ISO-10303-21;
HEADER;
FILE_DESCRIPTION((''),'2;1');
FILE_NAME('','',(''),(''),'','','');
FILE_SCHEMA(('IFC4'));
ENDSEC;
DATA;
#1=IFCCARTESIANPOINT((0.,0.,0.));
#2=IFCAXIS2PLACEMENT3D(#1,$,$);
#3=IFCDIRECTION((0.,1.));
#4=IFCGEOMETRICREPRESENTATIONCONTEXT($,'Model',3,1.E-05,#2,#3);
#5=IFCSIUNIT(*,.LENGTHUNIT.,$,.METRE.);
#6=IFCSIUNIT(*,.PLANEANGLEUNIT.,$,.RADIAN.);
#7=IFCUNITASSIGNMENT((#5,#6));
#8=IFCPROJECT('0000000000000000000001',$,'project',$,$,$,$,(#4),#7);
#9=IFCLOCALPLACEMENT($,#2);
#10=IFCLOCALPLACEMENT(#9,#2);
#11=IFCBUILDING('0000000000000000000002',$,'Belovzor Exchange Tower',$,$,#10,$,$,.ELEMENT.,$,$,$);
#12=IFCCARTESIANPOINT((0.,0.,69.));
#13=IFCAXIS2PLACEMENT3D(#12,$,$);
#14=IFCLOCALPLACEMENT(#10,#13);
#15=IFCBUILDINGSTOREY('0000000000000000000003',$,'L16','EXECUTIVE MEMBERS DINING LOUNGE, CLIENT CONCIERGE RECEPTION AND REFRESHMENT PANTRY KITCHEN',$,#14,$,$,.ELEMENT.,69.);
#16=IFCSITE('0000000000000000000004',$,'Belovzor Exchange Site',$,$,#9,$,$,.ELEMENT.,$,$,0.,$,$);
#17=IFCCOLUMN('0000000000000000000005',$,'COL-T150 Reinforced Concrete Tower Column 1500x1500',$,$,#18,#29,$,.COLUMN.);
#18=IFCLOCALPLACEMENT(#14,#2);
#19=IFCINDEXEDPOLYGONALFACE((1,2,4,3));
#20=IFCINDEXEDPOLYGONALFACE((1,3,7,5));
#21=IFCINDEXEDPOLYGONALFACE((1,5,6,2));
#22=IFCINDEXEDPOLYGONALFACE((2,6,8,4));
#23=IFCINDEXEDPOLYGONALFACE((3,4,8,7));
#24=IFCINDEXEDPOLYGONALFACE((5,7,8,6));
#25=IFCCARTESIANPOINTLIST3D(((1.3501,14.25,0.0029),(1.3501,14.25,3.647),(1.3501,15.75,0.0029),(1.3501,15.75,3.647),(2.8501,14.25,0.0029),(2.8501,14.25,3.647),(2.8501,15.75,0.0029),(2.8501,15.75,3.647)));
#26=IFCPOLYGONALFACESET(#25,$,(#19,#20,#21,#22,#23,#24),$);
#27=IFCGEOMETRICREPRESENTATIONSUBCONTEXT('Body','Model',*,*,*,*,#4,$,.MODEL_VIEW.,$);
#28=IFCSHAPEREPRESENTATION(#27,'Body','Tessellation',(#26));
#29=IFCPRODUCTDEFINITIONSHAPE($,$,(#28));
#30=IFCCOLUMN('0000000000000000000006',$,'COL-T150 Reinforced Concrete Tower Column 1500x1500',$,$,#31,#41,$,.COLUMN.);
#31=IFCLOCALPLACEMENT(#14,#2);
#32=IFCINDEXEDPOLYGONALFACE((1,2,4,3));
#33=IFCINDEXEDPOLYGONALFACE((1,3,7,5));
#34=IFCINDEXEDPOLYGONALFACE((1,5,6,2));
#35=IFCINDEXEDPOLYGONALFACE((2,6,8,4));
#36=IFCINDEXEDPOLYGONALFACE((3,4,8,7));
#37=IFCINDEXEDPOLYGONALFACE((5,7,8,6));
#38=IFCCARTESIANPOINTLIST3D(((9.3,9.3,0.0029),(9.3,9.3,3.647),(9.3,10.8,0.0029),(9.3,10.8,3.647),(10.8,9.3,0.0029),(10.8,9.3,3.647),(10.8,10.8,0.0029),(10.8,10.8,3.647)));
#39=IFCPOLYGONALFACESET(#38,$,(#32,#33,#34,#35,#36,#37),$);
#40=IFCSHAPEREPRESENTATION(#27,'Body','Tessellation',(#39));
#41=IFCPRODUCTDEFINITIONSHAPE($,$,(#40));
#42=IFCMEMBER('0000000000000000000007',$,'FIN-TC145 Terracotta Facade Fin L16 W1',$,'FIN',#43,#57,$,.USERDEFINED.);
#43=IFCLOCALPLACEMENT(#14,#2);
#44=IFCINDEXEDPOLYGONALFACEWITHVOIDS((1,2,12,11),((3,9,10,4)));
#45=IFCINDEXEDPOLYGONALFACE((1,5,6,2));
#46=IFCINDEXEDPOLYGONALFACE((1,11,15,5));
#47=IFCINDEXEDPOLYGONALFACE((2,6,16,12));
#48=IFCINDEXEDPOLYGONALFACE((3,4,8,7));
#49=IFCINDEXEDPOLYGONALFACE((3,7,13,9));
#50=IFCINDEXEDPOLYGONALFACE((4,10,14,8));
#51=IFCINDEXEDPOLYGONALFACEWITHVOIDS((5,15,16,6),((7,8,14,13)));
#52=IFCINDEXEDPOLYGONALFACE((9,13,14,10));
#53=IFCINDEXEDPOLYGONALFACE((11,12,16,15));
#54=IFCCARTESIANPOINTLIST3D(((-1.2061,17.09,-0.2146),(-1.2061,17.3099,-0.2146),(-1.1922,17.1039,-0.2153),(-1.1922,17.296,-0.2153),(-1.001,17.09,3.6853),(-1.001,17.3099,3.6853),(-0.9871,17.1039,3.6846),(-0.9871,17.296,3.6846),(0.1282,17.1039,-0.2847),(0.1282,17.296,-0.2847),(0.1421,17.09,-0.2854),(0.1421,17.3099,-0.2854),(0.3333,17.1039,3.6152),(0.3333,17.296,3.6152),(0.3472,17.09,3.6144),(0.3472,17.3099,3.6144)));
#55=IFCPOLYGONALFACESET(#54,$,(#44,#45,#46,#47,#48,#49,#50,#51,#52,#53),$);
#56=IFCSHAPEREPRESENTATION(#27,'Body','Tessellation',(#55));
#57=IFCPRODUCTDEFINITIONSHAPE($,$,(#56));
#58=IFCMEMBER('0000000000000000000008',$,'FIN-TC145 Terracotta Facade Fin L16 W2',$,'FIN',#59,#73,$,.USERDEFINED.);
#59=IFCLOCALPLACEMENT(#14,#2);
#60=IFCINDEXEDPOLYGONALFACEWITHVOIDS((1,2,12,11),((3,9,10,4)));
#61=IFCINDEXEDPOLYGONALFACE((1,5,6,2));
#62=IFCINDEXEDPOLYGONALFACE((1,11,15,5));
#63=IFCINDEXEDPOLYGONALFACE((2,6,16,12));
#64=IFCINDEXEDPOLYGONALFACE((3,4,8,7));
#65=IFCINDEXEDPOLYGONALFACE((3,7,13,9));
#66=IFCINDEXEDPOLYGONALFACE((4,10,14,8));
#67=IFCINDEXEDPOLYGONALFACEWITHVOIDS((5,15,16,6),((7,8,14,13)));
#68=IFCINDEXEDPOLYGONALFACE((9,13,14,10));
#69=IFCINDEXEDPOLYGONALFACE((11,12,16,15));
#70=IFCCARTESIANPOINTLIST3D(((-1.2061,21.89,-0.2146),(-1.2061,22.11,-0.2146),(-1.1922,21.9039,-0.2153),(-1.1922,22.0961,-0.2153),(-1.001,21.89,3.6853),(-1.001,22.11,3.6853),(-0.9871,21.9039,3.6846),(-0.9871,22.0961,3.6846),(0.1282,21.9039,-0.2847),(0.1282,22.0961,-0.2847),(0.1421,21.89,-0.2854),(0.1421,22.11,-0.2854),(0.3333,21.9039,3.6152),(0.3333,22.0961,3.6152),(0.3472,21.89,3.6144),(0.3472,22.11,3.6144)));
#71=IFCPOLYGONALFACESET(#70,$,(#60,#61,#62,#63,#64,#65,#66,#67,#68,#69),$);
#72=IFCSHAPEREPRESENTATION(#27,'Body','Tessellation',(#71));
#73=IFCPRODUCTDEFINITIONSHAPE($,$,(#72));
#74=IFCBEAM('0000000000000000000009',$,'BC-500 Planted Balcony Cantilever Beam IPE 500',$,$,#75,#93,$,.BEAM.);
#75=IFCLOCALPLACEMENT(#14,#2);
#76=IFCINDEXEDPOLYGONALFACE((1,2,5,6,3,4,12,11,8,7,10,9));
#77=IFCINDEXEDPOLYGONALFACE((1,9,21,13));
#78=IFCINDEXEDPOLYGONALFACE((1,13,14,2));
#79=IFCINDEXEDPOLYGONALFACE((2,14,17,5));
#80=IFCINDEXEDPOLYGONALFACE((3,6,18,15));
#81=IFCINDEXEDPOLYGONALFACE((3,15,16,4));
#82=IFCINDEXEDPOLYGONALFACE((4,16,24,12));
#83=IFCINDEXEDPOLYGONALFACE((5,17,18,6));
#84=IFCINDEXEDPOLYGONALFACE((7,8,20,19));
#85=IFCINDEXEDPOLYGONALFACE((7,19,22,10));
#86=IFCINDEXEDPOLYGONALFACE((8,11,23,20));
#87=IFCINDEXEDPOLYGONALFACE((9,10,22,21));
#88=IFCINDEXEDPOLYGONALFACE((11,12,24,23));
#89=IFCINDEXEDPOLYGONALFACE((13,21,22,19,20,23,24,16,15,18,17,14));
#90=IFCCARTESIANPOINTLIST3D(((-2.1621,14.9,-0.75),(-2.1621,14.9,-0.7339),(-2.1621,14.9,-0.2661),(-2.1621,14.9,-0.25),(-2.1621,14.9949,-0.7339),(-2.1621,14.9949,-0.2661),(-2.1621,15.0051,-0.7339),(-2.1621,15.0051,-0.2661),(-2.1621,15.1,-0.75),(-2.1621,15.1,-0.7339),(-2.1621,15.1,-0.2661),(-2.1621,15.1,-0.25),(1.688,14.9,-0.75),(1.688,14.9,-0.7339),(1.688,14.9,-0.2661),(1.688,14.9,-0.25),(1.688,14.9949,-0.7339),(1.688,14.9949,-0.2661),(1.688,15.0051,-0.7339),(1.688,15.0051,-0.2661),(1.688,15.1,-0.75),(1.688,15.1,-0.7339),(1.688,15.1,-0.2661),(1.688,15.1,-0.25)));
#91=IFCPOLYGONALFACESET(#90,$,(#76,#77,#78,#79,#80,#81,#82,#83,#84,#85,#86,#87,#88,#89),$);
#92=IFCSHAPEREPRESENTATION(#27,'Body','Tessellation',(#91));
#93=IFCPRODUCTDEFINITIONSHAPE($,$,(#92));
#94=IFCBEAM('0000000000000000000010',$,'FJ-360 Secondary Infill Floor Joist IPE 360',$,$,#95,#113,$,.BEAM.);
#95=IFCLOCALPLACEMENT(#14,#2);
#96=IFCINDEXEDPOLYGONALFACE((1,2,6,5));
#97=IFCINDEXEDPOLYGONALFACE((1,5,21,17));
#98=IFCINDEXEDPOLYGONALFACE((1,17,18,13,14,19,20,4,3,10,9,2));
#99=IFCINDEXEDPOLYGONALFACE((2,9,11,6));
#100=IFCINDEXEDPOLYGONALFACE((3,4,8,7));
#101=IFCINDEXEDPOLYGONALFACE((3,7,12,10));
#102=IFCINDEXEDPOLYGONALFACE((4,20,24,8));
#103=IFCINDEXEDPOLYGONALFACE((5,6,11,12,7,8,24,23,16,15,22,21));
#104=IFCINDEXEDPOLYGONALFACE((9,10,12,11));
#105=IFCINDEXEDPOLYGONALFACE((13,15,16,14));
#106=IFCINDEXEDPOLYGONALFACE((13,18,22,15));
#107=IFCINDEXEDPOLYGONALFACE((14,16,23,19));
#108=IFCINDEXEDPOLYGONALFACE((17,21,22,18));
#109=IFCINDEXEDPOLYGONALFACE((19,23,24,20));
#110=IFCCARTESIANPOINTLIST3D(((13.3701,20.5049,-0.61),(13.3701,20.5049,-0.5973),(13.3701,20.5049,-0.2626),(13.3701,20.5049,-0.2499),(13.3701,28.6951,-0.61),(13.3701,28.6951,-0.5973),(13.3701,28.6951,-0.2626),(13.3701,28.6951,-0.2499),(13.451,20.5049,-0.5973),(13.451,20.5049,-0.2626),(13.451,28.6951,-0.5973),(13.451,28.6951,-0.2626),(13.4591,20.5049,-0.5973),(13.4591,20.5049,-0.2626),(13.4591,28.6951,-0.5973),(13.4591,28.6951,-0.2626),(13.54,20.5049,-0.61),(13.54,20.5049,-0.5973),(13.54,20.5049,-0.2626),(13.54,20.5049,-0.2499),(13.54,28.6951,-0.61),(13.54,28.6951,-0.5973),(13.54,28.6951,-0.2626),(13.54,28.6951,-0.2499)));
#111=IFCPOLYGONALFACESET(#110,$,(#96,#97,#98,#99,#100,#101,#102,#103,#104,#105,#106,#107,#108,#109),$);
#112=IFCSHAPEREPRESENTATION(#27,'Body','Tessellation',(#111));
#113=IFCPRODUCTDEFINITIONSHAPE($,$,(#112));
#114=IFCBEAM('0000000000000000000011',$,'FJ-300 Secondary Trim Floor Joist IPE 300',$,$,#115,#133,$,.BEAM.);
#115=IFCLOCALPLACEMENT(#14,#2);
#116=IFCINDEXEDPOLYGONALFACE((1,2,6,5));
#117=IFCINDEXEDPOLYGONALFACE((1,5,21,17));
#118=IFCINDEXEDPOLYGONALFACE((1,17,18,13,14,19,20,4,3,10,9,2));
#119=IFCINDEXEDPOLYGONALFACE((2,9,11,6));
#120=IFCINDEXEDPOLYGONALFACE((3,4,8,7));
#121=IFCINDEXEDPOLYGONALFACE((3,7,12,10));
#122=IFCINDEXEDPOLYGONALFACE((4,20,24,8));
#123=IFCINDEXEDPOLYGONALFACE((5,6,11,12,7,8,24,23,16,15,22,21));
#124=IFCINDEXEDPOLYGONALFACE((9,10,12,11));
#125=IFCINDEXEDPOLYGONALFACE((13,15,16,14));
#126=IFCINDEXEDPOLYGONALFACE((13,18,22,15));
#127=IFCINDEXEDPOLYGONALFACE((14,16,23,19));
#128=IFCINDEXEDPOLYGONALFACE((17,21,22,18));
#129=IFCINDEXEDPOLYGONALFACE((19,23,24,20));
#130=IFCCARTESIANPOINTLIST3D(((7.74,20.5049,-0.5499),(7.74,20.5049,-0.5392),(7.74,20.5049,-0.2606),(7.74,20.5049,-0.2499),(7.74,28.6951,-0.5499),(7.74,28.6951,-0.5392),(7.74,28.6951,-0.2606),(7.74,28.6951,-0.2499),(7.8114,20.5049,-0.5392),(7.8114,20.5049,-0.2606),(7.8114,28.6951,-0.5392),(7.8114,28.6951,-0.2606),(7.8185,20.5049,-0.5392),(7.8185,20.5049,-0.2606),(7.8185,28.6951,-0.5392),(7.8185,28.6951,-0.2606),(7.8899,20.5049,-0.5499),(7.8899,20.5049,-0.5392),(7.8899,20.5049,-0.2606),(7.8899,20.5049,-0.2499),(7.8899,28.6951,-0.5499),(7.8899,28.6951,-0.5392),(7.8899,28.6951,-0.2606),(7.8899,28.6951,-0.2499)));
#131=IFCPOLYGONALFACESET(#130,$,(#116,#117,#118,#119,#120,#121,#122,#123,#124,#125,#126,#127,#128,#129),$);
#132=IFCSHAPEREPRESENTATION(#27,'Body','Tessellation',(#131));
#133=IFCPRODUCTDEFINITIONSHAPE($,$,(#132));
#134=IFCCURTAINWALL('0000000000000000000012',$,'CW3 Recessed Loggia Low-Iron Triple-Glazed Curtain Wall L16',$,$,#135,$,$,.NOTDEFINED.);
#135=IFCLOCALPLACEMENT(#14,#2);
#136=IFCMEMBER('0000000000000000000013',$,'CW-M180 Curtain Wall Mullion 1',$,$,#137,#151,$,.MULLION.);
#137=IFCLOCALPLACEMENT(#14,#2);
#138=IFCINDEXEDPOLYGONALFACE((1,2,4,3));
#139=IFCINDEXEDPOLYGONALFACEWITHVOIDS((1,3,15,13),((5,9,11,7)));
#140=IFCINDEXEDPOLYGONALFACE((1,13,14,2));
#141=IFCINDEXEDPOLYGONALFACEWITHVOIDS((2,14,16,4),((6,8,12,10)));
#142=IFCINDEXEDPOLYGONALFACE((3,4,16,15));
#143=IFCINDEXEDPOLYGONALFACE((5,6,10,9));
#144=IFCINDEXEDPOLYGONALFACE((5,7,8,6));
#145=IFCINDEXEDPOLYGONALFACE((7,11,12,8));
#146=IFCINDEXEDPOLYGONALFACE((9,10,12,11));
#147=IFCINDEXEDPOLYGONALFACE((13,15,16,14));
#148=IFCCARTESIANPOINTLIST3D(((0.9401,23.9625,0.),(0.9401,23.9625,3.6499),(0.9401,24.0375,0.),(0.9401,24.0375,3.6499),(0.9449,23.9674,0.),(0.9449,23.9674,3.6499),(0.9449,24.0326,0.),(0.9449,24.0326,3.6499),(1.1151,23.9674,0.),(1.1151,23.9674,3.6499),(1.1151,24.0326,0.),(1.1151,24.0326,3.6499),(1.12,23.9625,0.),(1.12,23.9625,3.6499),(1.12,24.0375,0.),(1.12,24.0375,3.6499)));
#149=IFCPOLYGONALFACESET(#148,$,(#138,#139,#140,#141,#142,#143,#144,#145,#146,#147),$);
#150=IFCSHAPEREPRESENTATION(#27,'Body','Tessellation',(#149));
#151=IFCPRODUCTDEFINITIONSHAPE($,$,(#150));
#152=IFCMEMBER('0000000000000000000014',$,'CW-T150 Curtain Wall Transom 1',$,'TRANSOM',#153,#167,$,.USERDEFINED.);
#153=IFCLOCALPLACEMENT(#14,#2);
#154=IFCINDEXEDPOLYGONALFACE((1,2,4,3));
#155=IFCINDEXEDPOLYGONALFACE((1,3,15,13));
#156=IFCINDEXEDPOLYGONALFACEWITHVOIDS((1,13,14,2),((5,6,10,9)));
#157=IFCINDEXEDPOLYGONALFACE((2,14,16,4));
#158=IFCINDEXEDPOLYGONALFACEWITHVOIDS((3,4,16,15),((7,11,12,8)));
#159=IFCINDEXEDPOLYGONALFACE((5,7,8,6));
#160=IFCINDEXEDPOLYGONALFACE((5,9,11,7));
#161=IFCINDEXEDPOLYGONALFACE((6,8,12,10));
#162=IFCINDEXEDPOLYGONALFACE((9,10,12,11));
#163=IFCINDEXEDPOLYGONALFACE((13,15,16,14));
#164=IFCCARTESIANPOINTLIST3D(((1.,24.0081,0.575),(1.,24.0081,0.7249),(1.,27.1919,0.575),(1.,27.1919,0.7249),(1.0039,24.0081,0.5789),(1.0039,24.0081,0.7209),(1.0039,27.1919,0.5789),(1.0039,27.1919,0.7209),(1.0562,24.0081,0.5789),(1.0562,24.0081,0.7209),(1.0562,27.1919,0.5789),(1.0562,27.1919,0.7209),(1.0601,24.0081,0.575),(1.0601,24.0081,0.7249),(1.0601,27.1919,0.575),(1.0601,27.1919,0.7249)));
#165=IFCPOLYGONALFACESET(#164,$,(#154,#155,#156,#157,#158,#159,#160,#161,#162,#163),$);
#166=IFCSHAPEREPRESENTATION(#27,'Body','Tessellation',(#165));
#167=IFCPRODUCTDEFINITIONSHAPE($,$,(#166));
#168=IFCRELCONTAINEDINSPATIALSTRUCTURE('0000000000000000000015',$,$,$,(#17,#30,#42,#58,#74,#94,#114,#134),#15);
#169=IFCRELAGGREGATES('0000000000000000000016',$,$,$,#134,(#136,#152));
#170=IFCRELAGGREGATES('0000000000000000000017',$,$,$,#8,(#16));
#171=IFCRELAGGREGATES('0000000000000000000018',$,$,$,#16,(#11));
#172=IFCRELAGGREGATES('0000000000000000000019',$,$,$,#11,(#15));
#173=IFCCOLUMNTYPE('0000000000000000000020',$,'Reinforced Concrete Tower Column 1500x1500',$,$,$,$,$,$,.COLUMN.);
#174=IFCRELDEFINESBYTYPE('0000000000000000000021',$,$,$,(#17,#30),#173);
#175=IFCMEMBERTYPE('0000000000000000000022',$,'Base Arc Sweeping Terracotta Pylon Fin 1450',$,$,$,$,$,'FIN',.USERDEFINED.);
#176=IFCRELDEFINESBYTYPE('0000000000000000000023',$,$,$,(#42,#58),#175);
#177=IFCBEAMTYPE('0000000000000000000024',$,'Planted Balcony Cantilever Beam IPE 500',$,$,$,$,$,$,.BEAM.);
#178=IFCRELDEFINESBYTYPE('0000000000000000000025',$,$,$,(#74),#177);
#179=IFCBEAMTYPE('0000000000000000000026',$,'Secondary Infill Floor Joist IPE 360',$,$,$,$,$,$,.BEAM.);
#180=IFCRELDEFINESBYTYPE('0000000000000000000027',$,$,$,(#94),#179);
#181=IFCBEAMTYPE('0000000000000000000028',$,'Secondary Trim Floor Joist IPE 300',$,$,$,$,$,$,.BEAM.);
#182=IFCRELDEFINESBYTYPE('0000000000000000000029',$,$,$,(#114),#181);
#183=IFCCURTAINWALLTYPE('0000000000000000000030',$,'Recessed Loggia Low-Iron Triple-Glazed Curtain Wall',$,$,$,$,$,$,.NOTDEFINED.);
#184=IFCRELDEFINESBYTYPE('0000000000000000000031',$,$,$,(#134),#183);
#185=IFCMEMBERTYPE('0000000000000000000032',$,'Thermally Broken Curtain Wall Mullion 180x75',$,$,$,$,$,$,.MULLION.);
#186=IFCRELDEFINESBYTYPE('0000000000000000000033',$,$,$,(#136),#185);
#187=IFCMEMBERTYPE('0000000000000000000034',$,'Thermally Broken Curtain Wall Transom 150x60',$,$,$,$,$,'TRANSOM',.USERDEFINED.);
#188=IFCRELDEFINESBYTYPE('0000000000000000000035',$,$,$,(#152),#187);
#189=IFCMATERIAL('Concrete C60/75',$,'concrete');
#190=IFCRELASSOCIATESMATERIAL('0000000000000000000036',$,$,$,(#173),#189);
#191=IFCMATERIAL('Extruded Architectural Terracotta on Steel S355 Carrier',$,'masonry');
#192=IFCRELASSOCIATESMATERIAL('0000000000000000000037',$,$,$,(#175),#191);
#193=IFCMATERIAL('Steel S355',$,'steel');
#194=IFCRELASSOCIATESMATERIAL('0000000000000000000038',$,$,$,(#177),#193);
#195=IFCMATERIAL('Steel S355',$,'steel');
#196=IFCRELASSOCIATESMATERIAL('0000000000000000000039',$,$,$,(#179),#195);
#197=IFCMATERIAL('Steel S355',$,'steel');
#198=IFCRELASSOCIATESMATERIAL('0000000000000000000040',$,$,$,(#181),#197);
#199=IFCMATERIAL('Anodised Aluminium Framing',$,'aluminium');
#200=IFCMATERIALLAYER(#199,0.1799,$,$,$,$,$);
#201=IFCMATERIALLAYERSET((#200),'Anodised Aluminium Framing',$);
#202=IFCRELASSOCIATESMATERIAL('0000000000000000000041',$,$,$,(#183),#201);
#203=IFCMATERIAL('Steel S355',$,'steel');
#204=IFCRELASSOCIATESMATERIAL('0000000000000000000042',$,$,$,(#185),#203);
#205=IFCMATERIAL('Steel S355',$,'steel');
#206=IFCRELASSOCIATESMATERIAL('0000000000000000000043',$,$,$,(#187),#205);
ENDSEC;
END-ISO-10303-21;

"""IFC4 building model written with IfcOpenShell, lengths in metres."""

from ifc_helpers import new_model, si_unit, direction, frame, origin, origin_2d, place, context, subcontext, project, spatial, rectangle, hollow_rectangle, i_section, extrude, material, layer, layer_set, material_profile, profile_set, type_object, element, aggregate, save


model = new_model("IFC4")

# Units and contexts
model_context = context("Model", 3, precision=1e-05, world=origin(), true_north=direction((0.0, 1.0)))
body_context = subcontext(model_context, "Body", "Model", "MODEL_VIEW")
ifc_project = project(units=[si_unit("LENGTHUNIT", "METRE"), si_unit("PLANEANGLEUNIT", "RADIAN")], contexts=[model_context])

# Site, building, storey
site_placement = place(None, origin())
site = spatial("IfcSite", under=ifc_project, at=site_placement, Name="Belovzor Exchange Site", CompositionType="ELEMENT", RefElevation=0.0)
building_placement = place(site_placement, origin())
building = spatial("IfcBuilding", under=site, at=building_placement, Name="Belovzor Exchange Tower", CompositionType="ELEMENT")
storey_placement = place(building_placement, frame((0.0, 0.0, 69.0)))
storey = spatial("IfcBuildingStorey", under=building, at=storey_placement, Name="L16", Description="EXECUTIVE MEMBERS DINING LOUNGE, CLIENT CONCIERGE RECEPTION AND REFRESHMENT PANTRY KITCHEN", CompositionType="ELEMENT", Elevation=69.0)

# Columns
ifc_material_1 = material(Name="Concrete C60/75", Category="concrete")
ifc_material_profile_1 = material_profile(ifc_material_1, rectangle(XDim=1.5, YDim=1.5, at=origin_2d()))
ifc_profile_set_1 = profile_set([ifc_material_profile_1], Name="Concrete C60/75")
column_type = type_object("IfcColumnType", Name="Reinforced Concrete Tower Column 1500x1500", PredefinedType="COLUMN", material=ifc_profile_set_1)
for number, where, z_axis, x_axis, name in (
    (1, (2.1001, 15.0, 0.0029), (0.0, 0.0, 1.0), (1.0, 0.0, 0.0), "COL-T150 Reinforced Concrete Tower Column 1500x1500"),
    (2, (10.05, 10.05, 0.0029), (0.0, 0.0, 1.0), (1.0, 0.0, 0.0), "COL-T150 Reinforced Concrete Tower Column 1500x1500"),
):
    element("IfcColumn", number, at=place(storey_placement, frame(where, z_axis=z_axis, x_axis=x_axis)), inside=storey, type_object=column_type, Name=name, PredefinedType="COLUMN", context=body_context, shape_type="SweptSolid", body=[
        extrude(rectangle(XDim=1.5, YDim=1.5, at=origin_2d()), origin(), (0.0, 0.0, 1.0), 3.644),
    ])

# Members
ifc_material_2 = material(Name="Extruded Architectural Terracotta on Steel S355 Carrier", Category="masonry")
ifc_material_profile_2 = material_profile(ifc_material_2, hollow_rectangle(XDim=0.22, YDim=1.3501, WallThickness=0.0139, at=origin_2d()))
ifc_profile_set_2 = profile_set([ifc_material_profile_2], Name="Extruded Architectural Terracotta on Steel S355 Carrier")
member_type_1 = type_object("IfcMemberType", Name="Base Arc Sweeping Terracotta Pylon Fin 1450", ElementType="FIN", PredefinedType="USERDEFINED", material=ifc_profile_set_2)
for number, where, z_axis, x_axis, name in (
    (3, (-0.532, 17.2, -0.25), (0.052513, 0.0, 0.99862), (0.0, 1.0, 0.0), "FIN-TC145 Terracotta Facade Fin L16 W1"),
    (4, (-0.532, 22.0, -0.25), (0.052513, 0.0, 0.99862), (0.0, 1.0, 0.0), "FIN-TC145 Terracotta Facade Fin L16 W2"),
):
    element("IfcMember", number, at=place(storey_placement, frame(where, z_axis=z_axis, x_axis=x_axis)), inside=storey, type_object=member_type_1, Name=name, ObjectType="FIN", PredefinedType="USERDEFINED", context=body_context, shape_type="SweptSolid", body=[
        extrude(hollow_rectangle(XDim=0.22, YDim=1.3501, WallThickness=0.0139, at=origin_2d()), origin(), (0.0, 0.0, 1.0), 3.9053),
    ])

# Beams
ifc_material_3 = material(Name="Steel S355", Category="steel")
ifc_material_profile_3 = material_profile(ifc_material_3, i_section(OverallWidth=0.2, OverallDepth=0.5, WebThickness=0.0103, FlangeThickness=0.0161, at=origin_2d()))
ifc_profile_set_3 = profile_set([ifc_material_profile_3], Name="Steel S355")
beam_type_1 = type_object("IfcBeamType", Name="Planted Balcony Cantilever Beam IPE 500", PredefinedType="BEAM", material=ifc_profile_set_3)
beam_1_placement = place(storey_placement, frame((1.688, 15.0, -0.5), z_axis=(-1.0, 0.0, 0.0), x_axis=(0.0, -1.0, 0.0)))
element("IfcBeam", 5, at=beam_1_placement, inside=storey, type_object=beam_type_1, Name="BC-500 Planted Balcony Cantilever Beam IPE 500", PredefinedType="BEAM", context=body_context, shape_type="SweptSolid", body=[
    extrude(i_section(OverallWidth=0.2, OverallDepth=0.5, WebThickness=0.0103, FlangeThickness=0.0161, at=origin_2d()), origin(), (0.0, 0.0, 1.0), 3.8501),
])
ifc_material_4 = material(Name="Steel S355", Category="steel")
ifc_material_profile_4 = material_profile(ifc_material_4, i_section(OverallWidth=0.1699, OverallDepth=0.3601, WebThickness=0.0081, FlangeThickness=0.0127, at=origin_2d()))
ifc_profile_set_4 = profile_set([ifc_material_profile_4], Name="Steel S355")
beam_type_2 = type_object("IfcBeamType", Name="Secondary Infill Floor Joist IPE 360", PredefinedType="BEAM", material=ifc_profile_set_4)
beam_2_placement = place(storey_placement, frame((13.4551, 20.5049, -0.4299), z_axis=(0.0, 1.0, 0.0), x_axis=(-1.0, 0.0, 0.0)))
element("IfcBeam", 6, at=beam_2_placement, inside=storey, type_object=beam_type_2, Name="FJ-360 Secondary Infill Floor Joist IPE 360", PredefinedType="BEAM", context=body_context, shape_type="SweptSolid", body=[
    extrude(i_section(OverallWidth=0.1699, OverallDepth=0.3601, WebThickness=0.0081, FlangeThickness=0.0127, at=origin_2d()), origin(), (0.0, 0.0, 1.0), 8.1902),
])
ifc_material_5 = material(Name="Steel S355", Category="steel")
ifc_material_profile_5 = material_profile(ifc_material_5, i_section(OverallWidth=0.1499, OverallDepth=0.3, WebThickness=0.0071, FlangeThickness=0.0107, at=origin_2d()))
ifc_profile_set_5 = profile_set([ifc_material_profile_5], Name="Steel S355")
beam_type_3 = type_object("IfcBeamType", Name="Secondary Trim Floor Joist IPE 300", PredefinedType="BEAM", material=ifc_profile_set_5)
beam_3_placement = place(storey_placement, frame((7.8149, 20.5049, -0.3999), z_axis=(0.0, 1.0, 0.0), x_axis=(-1.0, 0.0, 0.0)))
element("IfcBeam", 7, at=beam_3_placement, inside=storey, type_object=beam_type_3, Name="FJ-300 Secondary Trim Floor Joist IPE 300", PredefinedType="BEAM", context=body_context, shape_type="SweptSolid", body=[
    extrude(i_section(OverallWidth=0.1499, OverallDepth=0.3, WebThickness=0.0071, FlangeThickness=0.0107, at=origin_2d()), origin(), (0.0, 0.0, 1.0), 8.1902),
])

# Curtain wall, members
ifc_material_6 = material(Name="Anodised Aluminium Framing", Category="aluminium")
ifc_layer_1 = layer(ifc_material_6, 0.1799)
ifc_layer_set_1 = layer_set([ifc_layer_1], Name="Anodised Aluminium Framing")
curtain_wall_type = type_object("IfcCurtainWallType", Name="Recessed Loggia Low-Iron Triple-Glazed Curtain Wall", PredefinedType="NOTDEFINED", material=ifc_layer_set_1)
curtain_wall_placement = place(storey_placement, origin())
curtain_wall = element("IfcCurtainWall", 8, at=curtain_wall_placement, inside=storey, type_object=curtain_wall_type, Name="CW3 Recessed Loggia Low-Iron Triple-Glazed Curtain Wall L16", PredefinedType="NOTDEFINED")
ifc_material_7 = material(Name="Steel S355", Category="steel")
ifc_material_profile_6 = material_profile(ifc_material_7, hollow_rectangle(XDim=0.075, YDim=0.1799, WallThickness=0.0049, at=origin_2d()))
ifc_profile_set_6 = profile_set([ifc_material_profile_6], Name="Steel S355")
member_type_2 = type_object("IfcMemberType", Name="Thermally Broken Curtain Wall Mullion 180x75", PredefinedType="MULLION", material=ifc_profile_set_6)
member_1_placement = place(storey_placement, frame((1.03, 24.0, 0.0), z_axis=(0.0, 0.0, 1.0), x_axis=(0.0, 1.0, 0.0)))
member_1 = element("IfcMember", 9, at=member_1_placement, type_object=member_type_2, Name="CW-M180 Curtain Wall Mullion 1", PredefinedType="MULLION", context=body_context, shape_type="SweptSolid", body=[
    extrude(hollow_rectangle(XDim=0.075, YDim=0.1799, WallThickness=0.0049, at=origin_2d()), origin(), (0.0, 0.0, 1.0), 3.6499),
])
ifc_material_8 = material(Name="Steel S355", Category="steel")
ifc_material_profile_7 = material_profile(ifc_material_8, hollow_rectangle(XDim=0.0601, YDim=0.1499, WallThickness=0.0039, at=origin_2d()))
ifc_profile_set_7 = profile_set([ifc_material_profile_7], Name="Steel S355")
member_type_3 = type_object("IfcMemberType", Name="Thermally Broken Curtain Wall Transom 150x60", ElementType="TRANSOM", PredefinedType="USERDEFINED", material=ifc_profile_set_7)
member_2_placement = place(storey_placement, frame((1.03, 24.0081, 0.6499), z_axis=(0.0, 1.0, 0.0), x_axis=(-1.0, 0.0, 0.0)))
member_2 = element("IfcMember", 10, at=member_2_placement, type_object=member_type_3, Name="CW-T150 Curtain Wall Transom 1", ObjectType="TRANSOM", PredefinedType="USERDEFINED", context=body_context, shape_type="SweptSolid", body=[
    extrude(hollow_rectangle(XDim=0.0601, YDim=0.1499, WallThickness=0.0039, at=origin_2d()), origin(), (0.0, 0.0, 1.0), 3.1838),
])

aggregate(curtain_wall, [member_1, member_2])

save(model, "model.ifc")
